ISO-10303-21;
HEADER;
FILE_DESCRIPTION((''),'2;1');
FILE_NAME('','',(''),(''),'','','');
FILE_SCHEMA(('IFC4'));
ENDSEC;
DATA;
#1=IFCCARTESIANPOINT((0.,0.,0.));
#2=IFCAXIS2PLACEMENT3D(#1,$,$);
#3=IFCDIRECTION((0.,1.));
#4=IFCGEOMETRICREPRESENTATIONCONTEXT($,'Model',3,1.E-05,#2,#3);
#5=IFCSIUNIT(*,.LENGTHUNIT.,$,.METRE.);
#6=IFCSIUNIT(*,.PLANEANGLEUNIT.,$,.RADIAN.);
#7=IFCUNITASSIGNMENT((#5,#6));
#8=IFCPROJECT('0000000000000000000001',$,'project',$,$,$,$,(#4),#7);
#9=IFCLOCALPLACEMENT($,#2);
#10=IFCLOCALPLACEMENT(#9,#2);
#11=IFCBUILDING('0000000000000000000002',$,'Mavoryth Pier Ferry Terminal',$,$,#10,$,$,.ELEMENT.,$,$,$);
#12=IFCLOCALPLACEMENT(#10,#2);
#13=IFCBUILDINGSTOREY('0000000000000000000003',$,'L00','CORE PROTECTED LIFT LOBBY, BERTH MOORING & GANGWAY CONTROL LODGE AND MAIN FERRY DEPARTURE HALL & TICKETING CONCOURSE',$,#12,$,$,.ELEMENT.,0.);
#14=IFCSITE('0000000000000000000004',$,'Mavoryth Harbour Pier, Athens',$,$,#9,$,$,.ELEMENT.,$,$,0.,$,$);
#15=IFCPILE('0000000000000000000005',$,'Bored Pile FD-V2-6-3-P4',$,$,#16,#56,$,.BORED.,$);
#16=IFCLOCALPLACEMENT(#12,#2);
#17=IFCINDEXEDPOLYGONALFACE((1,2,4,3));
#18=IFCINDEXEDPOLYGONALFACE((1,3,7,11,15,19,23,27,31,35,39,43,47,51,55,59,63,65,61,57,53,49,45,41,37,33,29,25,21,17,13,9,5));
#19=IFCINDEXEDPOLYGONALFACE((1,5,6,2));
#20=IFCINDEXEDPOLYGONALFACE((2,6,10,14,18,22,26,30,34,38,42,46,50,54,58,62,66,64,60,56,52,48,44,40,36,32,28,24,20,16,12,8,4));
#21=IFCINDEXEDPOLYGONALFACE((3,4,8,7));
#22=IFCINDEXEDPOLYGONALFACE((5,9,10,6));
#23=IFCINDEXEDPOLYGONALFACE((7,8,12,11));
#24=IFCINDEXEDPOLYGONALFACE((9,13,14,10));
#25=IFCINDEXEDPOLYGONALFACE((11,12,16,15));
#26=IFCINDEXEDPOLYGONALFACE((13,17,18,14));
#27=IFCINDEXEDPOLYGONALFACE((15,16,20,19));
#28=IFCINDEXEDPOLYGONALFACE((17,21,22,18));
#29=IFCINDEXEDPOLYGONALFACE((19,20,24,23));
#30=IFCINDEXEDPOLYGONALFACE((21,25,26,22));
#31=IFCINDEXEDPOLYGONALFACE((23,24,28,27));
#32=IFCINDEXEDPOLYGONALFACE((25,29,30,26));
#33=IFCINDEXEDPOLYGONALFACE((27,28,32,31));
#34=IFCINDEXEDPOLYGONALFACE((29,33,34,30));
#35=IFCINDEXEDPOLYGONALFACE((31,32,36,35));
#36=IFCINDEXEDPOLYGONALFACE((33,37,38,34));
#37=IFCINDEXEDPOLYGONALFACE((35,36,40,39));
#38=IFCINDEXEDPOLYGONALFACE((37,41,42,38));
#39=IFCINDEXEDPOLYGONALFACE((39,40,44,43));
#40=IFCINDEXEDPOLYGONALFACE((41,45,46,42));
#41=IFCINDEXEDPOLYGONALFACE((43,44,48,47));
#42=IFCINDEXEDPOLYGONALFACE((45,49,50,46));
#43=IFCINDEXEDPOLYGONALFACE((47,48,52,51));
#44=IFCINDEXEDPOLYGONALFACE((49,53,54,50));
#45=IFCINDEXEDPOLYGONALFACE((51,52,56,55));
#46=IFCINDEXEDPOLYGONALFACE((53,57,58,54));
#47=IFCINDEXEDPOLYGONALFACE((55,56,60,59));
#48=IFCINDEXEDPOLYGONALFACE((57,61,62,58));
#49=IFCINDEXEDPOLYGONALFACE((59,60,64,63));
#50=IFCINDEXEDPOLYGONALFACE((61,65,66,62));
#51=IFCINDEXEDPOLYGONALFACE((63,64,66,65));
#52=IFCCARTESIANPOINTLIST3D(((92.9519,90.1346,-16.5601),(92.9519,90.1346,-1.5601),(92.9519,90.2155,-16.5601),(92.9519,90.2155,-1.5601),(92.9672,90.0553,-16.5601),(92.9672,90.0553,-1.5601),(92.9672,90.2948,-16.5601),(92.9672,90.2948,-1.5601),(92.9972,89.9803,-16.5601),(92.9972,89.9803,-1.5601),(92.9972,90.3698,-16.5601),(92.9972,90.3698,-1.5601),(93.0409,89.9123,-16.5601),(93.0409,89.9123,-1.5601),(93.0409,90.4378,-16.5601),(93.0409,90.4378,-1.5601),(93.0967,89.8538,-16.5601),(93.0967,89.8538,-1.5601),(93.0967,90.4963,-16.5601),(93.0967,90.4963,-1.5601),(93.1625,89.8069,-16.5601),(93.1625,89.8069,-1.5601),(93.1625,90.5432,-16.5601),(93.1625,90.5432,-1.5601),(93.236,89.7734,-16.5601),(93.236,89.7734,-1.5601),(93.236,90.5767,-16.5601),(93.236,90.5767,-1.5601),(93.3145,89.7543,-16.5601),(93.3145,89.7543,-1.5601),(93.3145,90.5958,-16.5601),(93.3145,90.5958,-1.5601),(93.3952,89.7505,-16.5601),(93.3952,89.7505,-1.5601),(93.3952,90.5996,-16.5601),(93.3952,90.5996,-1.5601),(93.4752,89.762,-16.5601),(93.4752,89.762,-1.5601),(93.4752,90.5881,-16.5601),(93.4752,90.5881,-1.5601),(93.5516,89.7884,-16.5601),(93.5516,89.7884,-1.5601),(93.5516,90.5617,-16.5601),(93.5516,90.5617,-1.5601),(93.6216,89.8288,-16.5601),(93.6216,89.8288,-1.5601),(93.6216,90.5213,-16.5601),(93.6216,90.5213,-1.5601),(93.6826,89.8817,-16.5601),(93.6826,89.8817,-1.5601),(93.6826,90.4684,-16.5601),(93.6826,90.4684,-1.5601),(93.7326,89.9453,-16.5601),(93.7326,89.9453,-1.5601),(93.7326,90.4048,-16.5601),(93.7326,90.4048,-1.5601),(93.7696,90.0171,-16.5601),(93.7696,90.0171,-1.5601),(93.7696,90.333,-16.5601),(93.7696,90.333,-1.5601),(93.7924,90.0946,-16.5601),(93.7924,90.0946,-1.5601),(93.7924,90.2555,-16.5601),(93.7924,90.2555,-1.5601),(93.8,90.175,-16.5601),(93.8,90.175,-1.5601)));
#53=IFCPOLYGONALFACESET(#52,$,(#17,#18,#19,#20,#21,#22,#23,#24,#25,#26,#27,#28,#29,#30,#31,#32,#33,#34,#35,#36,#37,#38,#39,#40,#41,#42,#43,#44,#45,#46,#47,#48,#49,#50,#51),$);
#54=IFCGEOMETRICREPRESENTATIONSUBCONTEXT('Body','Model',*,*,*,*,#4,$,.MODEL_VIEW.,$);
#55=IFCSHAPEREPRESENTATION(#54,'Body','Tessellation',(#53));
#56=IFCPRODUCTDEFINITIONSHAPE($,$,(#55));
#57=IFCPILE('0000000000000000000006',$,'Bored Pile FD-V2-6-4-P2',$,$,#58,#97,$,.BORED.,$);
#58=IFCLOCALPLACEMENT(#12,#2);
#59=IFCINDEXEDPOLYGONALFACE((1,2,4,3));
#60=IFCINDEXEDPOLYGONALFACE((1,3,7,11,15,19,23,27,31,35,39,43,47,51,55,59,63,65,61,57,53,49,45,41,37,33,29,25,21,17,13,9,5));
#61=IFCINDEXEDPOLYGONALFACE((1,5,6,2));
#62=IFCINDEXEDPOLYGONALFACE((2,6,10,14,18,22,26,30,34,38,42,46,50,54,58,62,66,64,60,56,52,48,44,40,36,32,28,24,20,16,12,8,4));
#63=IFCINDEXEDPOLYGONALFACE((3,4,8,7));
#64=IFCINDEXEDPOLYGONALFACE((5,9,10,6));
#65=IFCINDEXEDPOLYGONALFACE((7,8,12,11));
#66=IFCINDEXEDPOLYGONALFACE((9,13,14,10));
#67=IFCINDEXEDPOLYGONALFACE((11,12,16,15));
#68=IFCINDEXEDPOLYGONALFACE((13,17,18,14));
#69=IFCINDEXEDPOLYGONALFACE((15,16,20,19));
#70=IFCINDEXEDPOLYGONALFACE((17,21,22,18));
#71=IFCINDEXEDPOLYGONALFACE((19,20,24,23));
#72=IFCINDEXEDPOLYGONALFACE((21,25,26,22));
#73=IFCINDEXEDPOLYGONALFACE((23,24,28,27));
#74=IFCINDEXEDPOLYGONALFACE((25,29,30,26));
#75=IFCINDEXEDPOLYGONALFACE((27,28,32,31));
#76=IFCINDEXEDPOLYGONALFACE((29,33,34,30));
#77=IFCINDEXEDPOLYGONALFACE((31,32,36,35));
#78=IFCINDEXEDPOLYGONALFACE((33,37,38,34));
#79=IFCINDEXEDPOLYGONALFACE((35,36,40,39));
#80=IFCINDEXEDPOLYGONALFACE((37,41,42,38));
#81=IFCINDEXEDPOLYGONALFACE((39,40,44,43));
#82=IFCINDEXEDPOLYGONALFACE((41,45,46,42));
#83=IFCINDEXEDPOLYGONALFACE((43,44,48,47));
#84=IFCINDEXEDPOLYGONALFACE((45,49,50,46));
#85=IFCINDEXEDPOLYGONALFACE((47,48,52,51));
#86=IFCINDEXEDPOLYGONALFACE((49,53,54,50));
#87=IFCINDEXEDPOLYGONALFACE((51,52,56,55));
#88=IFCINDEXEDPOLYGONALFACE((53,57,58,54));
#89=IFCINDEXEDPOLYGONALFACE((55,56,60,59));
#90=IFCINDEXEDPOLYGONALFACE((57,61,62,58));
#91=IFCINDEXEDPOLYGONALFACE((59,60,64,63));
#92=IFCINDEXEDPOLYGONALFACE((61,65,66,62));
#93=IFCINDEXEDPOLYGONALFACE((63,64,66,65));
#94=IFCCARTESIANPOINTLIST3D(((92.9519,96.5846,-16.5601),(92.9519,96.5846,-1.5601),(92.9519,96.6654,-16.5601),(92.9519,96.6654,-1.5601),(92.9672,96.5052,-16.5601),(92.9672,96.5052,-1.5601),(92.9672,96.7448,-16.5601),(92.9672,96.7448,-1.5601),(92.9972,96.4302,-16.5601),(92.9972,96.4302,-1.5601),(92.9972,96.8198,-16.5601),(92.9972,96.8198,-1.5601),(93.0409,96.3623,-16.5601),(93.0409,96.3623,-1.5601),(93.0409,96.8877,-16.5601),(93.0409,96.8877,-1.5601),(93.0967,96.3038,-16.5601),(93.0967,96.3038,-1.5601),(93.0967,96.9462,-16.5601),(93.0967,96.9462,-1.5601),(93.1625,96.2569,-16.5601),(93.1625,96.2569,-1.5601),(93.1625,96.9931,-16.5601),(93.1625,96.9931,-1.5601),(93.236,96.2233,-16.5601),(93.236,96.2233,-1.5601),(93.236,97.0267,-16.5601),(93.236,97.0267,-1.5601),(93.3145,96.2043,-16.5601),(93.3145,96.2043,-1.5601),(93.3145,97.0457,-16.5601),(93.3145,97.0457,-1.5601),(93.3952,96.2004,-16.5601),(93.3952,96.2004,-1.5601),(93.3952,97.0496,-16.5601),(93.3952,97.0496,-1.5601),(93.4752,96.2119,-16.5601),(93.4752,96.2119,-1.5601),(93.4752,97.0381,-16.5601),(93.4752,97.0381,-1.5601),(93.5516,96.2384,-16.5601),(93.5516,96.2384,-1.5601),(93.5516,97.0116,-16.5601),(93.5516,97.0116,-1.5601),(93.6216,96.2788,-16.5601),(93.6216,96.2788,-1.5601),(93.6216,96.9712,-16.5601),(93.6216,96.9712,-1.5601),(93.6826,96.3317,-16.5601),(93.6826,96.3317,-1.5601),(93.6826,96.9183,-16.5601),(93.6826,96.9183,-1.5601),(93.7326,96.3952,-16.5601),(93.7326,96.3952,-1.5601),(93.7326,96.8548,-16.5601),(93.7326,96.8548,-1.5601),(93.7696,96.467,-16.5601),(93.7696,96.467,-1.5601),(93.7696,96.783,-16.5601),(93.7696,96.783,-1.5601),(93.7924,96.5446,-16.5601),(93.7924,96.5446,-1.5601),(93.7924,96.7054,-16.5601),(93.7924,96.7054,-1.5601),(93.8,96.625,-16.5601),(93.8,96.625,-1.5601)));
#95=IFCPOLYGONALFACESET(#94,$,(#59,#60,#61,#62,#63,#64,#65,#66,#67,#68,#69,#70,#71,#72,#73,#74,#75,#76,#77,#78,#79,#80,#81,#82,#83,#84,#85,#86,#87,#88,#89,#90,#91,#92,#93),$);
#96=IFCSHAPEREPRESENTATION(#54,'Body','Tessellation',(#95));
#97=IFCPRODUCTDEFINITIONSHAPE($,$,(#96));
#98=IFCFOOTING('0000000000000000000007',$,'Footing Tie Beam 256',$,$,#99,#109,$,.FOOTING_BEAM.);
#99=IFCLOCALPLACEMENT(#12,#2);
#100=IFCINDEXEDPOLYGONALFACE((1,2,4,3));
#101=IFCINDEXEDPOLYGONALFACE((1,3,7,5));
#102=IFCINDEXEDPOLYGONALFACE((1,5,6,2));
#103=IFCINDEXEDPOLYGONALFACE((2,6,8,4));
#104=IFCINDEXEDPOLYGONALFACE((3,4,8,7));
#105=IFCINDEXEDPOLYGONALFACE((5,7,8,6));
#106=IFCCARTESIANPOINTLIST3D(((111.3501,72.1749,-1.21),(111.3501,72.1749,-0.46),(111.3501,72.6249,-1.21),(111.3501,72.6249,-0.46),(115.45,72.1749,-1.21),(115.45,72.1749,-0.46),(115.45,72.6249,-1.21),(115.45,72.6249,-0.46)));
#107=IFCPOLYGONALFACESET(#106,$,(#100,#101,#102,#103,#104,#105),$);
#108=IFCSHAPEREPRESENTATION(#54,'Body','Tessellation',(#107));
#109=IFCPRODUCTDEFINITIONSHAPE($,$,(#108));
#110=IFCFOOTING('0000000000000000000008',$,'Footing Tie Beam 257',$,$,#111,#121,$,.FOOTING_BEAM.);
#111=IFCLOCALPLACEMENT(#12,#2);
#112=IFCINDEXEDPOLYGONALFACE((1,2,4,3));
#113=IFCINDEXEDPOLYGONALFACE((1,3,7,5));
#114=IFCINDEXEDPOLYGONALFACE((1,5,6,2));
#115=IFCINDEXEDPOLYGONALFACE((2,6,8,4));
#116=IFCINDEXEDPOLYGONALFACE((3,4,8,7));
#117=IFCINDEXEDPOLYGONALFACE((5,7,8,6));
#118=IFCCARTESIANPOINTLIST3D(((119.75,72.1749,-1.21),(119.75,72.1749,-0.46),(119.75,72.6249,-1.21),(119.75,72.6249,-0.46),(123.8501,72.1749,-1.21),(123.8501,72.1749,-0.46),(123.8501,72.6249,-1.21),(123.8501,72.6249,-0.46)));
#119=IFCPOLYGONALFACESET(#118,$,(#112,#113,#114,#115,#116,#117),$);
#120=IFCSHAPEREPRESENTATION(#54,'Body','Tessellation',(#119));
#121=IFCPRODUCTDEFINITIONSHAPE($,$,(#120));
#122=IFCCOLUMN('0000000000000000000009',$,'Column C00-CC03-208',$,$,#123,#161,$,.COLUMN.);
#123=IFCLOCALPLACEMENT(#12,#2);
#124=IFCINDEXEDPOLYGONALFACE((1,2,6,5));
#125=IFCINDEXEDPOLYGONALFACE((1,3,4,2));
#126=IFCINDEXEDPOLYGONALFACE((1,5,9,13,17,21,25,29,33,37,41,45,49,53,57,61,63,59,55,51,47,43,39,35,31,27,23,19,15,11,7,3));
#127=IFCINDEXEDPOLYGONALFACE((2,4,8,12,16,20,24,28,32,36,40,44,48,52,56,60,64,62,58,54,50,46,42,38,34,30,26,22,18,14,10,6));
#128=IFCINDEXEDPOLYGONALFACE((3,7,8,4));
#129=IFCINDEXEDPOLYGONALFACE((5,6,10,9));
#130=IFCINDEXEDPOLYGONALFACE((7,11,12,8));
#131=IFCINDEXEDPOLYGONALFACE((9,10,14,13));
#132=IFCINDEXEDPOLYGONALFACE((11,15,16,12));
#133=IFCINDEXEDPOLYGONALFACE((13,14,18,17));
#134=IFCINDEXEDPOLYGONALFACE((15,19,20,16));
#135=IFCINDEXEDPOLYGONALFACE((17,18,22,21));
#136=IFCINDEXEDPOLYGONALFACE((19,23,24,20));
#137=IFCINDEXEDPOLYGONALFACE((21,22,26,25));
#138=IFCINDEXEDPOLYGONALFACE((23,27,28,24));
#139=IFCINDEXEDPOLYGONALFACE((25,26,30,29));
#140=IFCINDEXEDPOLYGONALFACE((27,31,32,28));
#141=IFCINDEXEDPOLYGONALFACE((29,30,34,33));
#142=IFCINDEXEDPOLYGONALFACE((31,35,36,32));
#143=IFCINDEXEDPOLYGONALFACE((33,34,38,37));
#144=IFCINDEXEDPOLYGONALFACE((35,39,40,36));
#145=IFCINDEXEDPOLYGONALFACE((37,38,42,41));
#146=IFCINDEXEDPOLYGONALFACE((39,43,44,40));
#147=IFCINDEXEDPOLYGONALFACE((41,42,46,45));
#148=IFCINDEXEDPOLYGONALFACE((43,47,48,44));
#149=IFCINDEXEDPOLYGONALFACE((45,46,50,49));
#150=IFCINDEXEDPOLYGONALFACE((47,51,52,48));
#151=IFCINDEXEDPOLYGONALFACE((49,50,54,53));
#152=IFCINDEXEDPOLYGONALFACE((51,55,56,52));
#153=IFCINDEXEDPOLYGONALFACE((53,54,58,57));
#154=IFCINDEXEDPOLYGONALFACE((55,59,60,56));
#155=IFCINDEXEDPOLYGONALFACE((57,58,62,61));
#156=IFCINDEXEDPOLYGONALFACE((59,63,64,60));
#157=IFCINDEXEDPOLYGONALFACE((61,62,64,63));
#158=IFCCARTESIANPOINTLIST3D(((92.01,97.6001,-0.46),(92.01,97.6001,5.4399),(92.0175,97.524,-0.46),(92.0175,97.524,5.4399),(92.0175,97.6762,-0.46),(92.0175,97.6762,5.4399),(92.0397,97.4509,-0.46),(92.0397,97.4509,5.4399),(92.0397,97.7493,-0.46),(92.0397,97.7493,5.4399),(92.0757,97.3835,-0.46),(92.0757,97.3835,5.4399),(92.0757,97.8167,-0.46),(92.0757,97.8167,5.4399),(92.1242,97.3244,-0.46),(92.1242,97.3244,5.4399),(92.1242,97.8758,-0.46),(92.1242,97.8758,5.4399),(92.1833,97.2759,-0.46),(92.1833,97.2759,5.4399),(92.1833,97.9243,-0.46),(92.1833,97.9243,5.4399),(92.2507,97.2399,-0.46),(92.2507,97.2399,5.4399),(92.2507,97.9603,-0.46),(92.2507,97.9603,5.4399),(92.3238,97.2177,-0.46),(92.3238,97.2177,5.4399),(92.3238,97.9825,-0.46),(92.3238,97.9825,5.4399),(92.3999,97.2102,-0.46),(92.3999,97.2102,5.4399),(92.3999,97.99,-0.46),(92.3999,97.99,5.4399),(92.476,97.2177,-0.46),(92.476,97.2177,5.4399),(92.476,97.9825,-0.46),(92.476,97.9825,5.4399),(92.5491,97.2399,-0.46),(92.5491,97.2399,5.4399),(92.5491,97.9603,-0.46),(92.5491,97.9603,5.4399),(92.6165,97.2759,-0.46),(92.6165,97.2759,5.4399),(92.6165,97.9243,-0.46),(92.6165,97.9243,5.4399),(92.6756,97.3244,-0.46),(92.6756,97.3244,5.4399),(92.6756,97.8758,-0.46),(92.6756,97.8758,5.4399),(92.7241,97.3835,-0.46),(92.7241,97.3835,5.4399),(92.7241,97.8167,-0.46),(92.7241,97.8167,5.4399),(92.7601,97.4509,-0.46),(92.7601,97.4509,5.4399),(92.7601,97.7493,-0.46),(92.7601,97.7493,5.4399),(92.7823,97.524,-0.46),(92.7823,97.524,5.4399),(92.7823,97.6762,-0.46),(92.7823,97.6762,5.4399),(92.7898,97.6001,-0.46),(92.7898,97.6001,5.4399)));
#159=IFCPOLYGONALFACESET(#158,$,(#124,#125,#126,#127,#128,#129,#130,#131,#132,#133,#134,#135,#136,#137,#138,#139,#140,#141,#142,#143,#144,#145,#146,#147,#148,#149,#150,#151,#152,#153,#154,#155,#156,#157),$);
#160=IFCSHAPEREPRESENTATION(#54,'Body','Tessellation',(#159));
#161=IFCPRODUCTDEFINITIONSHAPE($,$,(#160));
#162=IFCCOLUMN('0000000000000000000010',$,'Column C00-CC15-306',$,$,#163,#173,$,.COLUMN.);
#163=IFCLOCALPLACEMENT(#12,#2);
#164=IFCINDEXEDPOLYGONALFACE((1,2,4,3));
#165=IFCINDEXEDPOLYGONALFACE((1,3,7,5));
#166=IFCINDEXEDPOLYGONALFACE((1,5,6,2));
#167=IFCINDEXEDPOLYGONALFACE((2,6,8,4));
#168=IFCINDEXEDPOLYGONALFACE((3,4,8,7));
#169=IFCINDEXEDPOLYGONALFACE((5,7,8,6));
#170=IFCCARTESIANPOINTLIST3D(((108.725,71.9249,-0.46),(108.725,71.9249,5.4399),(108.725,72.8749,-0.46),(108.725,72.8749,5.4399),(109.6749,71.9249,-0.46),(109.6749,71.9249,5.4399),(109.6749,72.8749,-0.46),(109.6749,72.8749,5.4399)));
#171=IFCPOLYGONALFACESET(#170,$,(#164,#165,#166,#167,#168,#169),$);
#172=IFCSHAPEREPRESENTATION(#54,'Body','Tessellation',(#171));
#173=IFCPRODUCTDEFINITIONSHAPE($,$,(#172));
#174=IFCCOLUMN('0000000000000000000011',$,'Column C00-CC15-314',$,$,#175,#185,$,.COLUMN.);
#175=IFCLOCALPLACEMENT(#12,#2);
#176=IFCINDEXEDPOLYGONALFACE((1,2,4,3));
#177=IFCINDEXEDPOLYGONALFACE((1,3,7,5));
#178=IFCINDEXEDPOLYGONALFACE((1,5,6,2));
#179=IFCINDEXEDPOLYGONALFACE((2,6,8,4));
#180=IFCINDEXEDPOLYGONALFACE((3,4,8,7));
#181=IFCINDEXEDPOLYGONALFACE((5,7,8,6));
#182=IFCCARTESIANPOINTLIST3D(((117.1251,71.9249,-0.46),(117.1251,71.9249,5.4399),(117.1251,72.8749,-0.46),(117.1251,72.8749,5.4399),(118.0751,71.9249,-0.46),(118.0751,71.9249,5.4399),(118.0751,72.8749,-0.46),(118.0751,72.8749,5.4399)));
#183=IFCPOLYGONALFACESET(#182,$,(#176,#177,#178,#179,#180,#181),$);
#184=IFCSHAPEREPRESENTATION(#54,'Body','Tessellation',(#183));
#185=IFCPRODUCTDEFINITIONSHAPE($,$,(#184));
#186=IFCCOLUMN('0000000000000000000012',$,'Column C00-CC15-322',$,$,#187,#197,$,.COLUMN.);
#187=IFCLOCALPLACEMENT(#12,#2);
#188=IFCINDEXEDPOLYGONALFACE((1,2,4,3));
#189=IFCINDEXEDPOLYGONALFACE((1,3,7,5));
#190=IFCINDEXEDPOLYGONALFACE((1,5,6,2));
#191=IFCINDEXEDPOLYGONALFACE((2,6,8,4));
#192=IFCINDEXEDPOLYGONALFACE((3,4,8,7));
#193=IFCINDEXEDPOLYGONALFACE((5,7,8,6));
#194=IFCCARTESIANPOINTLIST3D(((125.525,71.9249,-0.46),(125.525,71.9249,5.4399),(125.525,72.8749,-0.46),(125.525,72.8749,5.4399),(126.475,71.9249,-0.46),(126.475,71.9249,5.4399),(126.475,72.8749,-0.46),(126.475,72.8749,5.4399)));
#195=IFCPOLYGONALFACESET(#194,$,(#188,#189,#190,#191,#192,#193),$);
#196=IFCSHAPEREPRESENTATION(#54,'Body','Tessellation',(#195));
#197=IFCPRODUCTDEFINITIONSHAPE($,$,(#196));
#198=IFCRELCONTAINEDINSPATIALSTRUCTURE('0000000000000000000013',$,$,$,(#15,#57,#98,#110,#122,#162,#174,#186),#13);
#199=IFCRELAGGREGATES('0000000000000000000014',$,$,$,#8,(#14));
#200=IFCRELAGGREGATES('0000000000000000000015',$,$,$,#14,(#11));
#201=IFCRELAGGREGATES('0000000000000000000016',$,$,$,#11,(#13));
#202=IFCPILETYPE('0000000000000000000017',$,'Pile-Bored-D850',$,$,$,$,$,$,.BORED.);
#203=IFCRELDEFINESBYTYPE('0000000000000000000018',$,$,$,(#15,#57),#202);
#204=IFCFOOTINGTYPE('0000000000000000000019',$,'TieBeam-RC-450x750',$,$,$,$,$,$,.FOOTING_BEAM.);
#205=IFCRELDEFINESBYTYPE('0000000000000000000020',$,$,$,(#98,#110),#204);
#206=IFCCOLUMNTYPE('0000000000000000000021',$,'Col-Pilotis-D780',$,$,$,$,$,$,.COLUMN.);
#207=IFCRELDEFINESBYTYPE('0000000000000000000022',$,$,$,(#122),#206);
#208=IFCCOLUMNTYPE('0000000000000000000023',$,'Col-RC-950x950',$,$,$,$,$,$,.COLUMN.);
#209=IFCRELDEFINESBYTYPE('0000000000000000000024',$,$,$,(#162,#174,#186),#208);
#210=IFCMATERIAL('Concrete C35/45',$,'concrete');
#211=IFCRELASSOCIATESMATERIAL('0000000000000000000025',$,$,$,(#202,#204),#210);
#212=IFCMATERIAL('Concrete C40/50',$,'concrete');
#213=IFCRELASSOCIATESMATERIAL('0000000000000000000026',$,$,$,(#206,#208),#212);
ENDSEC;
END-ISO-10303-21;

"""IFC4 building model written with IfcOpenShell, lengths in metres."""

from ifc_helpers import new_model, si_unit, direction, frame, origin, origin_2d, place, context, subcontext, project, spatial, rectangle, circle, extrude, material, material_profile, profile_set, type_object, element, save


model = new_model("IFC4")

# Units and contexts
model_context = context("Model", 3, precision=1e-05, world=origin(), true_north=direction((0.0, 1.0)))
body_context = subcontext(model_context, "Body", "Model", "MODEL_VIEW")
ifc_project = project(units=[si_unit("LENGTHUNIT", "METRE"), si_unit("PLANEANGLEUNIT", "RADIAN")], contexts=[model_context])

# Site, building, storey
site_placement = place(None, origin())
site = spatial("IfcSite", under=ifc_project, at=site_placement, Name="Mavoryth Harbour Pier, Athens", CompositionType="ELEMENT", RefElevation=0.0)
building_placement = place(site_placement, origin())
building = spatial("IfcBuilding", under=site, at=building_placement, Name="Mavoryth Pier Ferry Terminal", CompositionType="ELEMENT")
storey_placement = place(building_placement, origin())
storey = spatial("IfcBuildingStorey", under=building, at=storey_placement, Name="L00", Description="CORE PROTECTED LIFT LOBBY, BERTH MOORING & GANGWAY CONTROL LODGE AND MAIN FERRY DEPARTURE HALL & TICKETING CONCOURSE", CompositionType="ELEMENT", Elevation=0.0)

# Shared definitions
ifc_material_1 = material(Name="Concrete C35/45", Category="concrete")

# Piles
ifc_material_profile_1 = material_profile(ifc_material_1, circle(Radius=0.425, at=origin_2d()), Name="PILE D850", Category="concrete")
ifc_profile_set_1 = profile_set([ifc_material_profile_1], Name="Concrete C35/45 - PILE D850")
pile_type_1 = type_object("IfcPileType", Name="Pile-Bored-D850", PredefinedType="BORED", material=ifc_profile_set_1)
for number, where, z_axis, x_axis, name in (
    (1, (93.375, 90.175, -1.5601), (0.0, 0.0, -1.0), (1.0, 0.0, 0.0), "Bored Pile FD-V2-6-3-P4"),
    (2, (93.375, 96.625, -1.5601), (0.0, 0.0, -1.0), (1.0, 0.0, 0.0), "Bored Pile FD-V2-6-4-P2"),
):
    element("IfcPile", number, at=place(storey_placement, frame(where, z_axis=z_axis, x_axis=x_axis)), inside=storey, type_object=pile_type_1, Name=name, PredefinedType="BORED", context=body_context, shape_type="SweptSolid", body=[
        extrude(circle(Radius=0.425, at=origin_2d()), origin(), (0.0, 0.0, 1.0), 15.0),
    ])

# Footings
ifc_material_profile_2 = material_profile(ifc_material_1, rectangle(XDim=0.45, YDim=0.75, at=origin_2d()), Name="RC 450x750", Category="concrete")
ifc_profile_set_2 = profile_set([ifc_material_profile_2], Name="Concrete C35/45 - RC 450x750")
footing_type_1 = type_object("IfcFootingType", Name="TieBeam-RC-450x750", PredefinedType="FOOTING_BEAM", material=ifc_profile_set_2)
footing_1_placement = place(storey_placement, frame((111.3501, 72.3999, -0.835), z_axis=(1.0, 0.0, 0.0), x_axis=(0.0, 1.0, 0.0)))
element("IfcFooting", 3, at=footing_1_placement, inside=storey, type_object=footing_type_1, Name="Footing Tie Beam 256", PredefinedType="FOOTING_BEAM", context=body_context, shape_type="SweptSolid", body=[
    extrude(rectangle(XDim=0.45, YDim=0.75, at=origin_2d()), origin(), (0.0, 0.0, 1.0), 4.0999),
])
footing_2_placement = place(storey_placement, frame((119.75, 72.3999, -0.835), z_axis=(1.0, 0.0, 0.0), x_axis=(0.0, 1.0, 0.0)))
element("IfcFooting", 4, at=footing_2_placement, inside=storey, type_object=footing_type_1, Name="Footing Tie Beam 257", PredefinedType="FOOTING_BEAM", context=body_context, shape_type="SweptSolid", body=[
    extrude(rectangle(XDim=0.45, YDim=0.75, at=origin_2d()), origin(), (0.0, 0.0, 1.0), 4.1001),
])

# Columns
ifc_material_2 = material(Name="Concrete C40/50", Category="concrete")
ifc_material_profile_3 = material_profile(ifc_material_2, circle(Radius=0.3899, at=origin_2d()), Name="RC D780", Category="concrete")
ifc_profile_set_3 = profile_set([ifc_material_profile_3], Name="Concrete C40/50 - RC D780")
column_type_1 = type_object("IfcColumnType", Name="Col-Pilotis-D780", PredefinedType="COLUMN", material=ifc_profile_set_3)
column_placement = place(storey_placement, frame((92.3999, 97.6001, -0.46), z_axis=(0.0, 0.0, 1.0), x_axis=(1.0, 0.0, 0.0)))
element("IfcColumn", 5, at=column_placement, inside=storey, type_object=column_type_1, Name="Column C00-CC03-208", PredefinedType="COLUMN", context=body_context, shape_type="SweptSolid", body=[
    extrude(circle(Radius=0.3899, at=origin_2d()), origin(), (0.0, 0.0, 1.0), 5.8999),
])
ifc_material_profile_4 = material_profile(ifc_material_2, rectangle(XDim=0.95, YDim=0.95, at=origin_2d()), Name="RC 950x950", Category="concrete")
ifc_profile_set_4 = profile_set([ifc_material_profile_4], Name="Concrete C40/50 - RC 950x950")
column_type_2 = type_object("IfcColumnType", Name="Col-RC-950x950", PredefinedType="COLUMN", material=ifc_profile_set_4)
for number, where, z_axis, x_axis, name in (
    (6, (109.2, 72.3999, -0.46), (0.0, 0.0, 1.0), (1.0, 0.0, 0.0), "Column C00-CC15-306"),
    (7, (117.6001, 72.3999, -0.46), (0.0, 0.0, 1.0), (1.0, 0.0, 0.0), "Column C00-CC15-314"),
    (8, (126.0, 72.3999, -0.46), (0.0, 0.0, 1.0), (1.0, 0.0, 0.0), "Column C00-CC15-322"),
):
    element("IfcColumn", number, at=place(storey_placement, frame(where, z_axis=z_axis, x_axis=x_axis)), inside=storey, type_object=column_type_2, Name=name, PredefinedType="COLUMN", context=body_context, shape_type="SweptSolid", body=[
        extrude(rectangle(XDim=0.95, YDim=0.95, at=origin_2d()), origin(), (0.0, 0.0, 1.0), 5.8999),
    ])

save(model, "model.ifc")
